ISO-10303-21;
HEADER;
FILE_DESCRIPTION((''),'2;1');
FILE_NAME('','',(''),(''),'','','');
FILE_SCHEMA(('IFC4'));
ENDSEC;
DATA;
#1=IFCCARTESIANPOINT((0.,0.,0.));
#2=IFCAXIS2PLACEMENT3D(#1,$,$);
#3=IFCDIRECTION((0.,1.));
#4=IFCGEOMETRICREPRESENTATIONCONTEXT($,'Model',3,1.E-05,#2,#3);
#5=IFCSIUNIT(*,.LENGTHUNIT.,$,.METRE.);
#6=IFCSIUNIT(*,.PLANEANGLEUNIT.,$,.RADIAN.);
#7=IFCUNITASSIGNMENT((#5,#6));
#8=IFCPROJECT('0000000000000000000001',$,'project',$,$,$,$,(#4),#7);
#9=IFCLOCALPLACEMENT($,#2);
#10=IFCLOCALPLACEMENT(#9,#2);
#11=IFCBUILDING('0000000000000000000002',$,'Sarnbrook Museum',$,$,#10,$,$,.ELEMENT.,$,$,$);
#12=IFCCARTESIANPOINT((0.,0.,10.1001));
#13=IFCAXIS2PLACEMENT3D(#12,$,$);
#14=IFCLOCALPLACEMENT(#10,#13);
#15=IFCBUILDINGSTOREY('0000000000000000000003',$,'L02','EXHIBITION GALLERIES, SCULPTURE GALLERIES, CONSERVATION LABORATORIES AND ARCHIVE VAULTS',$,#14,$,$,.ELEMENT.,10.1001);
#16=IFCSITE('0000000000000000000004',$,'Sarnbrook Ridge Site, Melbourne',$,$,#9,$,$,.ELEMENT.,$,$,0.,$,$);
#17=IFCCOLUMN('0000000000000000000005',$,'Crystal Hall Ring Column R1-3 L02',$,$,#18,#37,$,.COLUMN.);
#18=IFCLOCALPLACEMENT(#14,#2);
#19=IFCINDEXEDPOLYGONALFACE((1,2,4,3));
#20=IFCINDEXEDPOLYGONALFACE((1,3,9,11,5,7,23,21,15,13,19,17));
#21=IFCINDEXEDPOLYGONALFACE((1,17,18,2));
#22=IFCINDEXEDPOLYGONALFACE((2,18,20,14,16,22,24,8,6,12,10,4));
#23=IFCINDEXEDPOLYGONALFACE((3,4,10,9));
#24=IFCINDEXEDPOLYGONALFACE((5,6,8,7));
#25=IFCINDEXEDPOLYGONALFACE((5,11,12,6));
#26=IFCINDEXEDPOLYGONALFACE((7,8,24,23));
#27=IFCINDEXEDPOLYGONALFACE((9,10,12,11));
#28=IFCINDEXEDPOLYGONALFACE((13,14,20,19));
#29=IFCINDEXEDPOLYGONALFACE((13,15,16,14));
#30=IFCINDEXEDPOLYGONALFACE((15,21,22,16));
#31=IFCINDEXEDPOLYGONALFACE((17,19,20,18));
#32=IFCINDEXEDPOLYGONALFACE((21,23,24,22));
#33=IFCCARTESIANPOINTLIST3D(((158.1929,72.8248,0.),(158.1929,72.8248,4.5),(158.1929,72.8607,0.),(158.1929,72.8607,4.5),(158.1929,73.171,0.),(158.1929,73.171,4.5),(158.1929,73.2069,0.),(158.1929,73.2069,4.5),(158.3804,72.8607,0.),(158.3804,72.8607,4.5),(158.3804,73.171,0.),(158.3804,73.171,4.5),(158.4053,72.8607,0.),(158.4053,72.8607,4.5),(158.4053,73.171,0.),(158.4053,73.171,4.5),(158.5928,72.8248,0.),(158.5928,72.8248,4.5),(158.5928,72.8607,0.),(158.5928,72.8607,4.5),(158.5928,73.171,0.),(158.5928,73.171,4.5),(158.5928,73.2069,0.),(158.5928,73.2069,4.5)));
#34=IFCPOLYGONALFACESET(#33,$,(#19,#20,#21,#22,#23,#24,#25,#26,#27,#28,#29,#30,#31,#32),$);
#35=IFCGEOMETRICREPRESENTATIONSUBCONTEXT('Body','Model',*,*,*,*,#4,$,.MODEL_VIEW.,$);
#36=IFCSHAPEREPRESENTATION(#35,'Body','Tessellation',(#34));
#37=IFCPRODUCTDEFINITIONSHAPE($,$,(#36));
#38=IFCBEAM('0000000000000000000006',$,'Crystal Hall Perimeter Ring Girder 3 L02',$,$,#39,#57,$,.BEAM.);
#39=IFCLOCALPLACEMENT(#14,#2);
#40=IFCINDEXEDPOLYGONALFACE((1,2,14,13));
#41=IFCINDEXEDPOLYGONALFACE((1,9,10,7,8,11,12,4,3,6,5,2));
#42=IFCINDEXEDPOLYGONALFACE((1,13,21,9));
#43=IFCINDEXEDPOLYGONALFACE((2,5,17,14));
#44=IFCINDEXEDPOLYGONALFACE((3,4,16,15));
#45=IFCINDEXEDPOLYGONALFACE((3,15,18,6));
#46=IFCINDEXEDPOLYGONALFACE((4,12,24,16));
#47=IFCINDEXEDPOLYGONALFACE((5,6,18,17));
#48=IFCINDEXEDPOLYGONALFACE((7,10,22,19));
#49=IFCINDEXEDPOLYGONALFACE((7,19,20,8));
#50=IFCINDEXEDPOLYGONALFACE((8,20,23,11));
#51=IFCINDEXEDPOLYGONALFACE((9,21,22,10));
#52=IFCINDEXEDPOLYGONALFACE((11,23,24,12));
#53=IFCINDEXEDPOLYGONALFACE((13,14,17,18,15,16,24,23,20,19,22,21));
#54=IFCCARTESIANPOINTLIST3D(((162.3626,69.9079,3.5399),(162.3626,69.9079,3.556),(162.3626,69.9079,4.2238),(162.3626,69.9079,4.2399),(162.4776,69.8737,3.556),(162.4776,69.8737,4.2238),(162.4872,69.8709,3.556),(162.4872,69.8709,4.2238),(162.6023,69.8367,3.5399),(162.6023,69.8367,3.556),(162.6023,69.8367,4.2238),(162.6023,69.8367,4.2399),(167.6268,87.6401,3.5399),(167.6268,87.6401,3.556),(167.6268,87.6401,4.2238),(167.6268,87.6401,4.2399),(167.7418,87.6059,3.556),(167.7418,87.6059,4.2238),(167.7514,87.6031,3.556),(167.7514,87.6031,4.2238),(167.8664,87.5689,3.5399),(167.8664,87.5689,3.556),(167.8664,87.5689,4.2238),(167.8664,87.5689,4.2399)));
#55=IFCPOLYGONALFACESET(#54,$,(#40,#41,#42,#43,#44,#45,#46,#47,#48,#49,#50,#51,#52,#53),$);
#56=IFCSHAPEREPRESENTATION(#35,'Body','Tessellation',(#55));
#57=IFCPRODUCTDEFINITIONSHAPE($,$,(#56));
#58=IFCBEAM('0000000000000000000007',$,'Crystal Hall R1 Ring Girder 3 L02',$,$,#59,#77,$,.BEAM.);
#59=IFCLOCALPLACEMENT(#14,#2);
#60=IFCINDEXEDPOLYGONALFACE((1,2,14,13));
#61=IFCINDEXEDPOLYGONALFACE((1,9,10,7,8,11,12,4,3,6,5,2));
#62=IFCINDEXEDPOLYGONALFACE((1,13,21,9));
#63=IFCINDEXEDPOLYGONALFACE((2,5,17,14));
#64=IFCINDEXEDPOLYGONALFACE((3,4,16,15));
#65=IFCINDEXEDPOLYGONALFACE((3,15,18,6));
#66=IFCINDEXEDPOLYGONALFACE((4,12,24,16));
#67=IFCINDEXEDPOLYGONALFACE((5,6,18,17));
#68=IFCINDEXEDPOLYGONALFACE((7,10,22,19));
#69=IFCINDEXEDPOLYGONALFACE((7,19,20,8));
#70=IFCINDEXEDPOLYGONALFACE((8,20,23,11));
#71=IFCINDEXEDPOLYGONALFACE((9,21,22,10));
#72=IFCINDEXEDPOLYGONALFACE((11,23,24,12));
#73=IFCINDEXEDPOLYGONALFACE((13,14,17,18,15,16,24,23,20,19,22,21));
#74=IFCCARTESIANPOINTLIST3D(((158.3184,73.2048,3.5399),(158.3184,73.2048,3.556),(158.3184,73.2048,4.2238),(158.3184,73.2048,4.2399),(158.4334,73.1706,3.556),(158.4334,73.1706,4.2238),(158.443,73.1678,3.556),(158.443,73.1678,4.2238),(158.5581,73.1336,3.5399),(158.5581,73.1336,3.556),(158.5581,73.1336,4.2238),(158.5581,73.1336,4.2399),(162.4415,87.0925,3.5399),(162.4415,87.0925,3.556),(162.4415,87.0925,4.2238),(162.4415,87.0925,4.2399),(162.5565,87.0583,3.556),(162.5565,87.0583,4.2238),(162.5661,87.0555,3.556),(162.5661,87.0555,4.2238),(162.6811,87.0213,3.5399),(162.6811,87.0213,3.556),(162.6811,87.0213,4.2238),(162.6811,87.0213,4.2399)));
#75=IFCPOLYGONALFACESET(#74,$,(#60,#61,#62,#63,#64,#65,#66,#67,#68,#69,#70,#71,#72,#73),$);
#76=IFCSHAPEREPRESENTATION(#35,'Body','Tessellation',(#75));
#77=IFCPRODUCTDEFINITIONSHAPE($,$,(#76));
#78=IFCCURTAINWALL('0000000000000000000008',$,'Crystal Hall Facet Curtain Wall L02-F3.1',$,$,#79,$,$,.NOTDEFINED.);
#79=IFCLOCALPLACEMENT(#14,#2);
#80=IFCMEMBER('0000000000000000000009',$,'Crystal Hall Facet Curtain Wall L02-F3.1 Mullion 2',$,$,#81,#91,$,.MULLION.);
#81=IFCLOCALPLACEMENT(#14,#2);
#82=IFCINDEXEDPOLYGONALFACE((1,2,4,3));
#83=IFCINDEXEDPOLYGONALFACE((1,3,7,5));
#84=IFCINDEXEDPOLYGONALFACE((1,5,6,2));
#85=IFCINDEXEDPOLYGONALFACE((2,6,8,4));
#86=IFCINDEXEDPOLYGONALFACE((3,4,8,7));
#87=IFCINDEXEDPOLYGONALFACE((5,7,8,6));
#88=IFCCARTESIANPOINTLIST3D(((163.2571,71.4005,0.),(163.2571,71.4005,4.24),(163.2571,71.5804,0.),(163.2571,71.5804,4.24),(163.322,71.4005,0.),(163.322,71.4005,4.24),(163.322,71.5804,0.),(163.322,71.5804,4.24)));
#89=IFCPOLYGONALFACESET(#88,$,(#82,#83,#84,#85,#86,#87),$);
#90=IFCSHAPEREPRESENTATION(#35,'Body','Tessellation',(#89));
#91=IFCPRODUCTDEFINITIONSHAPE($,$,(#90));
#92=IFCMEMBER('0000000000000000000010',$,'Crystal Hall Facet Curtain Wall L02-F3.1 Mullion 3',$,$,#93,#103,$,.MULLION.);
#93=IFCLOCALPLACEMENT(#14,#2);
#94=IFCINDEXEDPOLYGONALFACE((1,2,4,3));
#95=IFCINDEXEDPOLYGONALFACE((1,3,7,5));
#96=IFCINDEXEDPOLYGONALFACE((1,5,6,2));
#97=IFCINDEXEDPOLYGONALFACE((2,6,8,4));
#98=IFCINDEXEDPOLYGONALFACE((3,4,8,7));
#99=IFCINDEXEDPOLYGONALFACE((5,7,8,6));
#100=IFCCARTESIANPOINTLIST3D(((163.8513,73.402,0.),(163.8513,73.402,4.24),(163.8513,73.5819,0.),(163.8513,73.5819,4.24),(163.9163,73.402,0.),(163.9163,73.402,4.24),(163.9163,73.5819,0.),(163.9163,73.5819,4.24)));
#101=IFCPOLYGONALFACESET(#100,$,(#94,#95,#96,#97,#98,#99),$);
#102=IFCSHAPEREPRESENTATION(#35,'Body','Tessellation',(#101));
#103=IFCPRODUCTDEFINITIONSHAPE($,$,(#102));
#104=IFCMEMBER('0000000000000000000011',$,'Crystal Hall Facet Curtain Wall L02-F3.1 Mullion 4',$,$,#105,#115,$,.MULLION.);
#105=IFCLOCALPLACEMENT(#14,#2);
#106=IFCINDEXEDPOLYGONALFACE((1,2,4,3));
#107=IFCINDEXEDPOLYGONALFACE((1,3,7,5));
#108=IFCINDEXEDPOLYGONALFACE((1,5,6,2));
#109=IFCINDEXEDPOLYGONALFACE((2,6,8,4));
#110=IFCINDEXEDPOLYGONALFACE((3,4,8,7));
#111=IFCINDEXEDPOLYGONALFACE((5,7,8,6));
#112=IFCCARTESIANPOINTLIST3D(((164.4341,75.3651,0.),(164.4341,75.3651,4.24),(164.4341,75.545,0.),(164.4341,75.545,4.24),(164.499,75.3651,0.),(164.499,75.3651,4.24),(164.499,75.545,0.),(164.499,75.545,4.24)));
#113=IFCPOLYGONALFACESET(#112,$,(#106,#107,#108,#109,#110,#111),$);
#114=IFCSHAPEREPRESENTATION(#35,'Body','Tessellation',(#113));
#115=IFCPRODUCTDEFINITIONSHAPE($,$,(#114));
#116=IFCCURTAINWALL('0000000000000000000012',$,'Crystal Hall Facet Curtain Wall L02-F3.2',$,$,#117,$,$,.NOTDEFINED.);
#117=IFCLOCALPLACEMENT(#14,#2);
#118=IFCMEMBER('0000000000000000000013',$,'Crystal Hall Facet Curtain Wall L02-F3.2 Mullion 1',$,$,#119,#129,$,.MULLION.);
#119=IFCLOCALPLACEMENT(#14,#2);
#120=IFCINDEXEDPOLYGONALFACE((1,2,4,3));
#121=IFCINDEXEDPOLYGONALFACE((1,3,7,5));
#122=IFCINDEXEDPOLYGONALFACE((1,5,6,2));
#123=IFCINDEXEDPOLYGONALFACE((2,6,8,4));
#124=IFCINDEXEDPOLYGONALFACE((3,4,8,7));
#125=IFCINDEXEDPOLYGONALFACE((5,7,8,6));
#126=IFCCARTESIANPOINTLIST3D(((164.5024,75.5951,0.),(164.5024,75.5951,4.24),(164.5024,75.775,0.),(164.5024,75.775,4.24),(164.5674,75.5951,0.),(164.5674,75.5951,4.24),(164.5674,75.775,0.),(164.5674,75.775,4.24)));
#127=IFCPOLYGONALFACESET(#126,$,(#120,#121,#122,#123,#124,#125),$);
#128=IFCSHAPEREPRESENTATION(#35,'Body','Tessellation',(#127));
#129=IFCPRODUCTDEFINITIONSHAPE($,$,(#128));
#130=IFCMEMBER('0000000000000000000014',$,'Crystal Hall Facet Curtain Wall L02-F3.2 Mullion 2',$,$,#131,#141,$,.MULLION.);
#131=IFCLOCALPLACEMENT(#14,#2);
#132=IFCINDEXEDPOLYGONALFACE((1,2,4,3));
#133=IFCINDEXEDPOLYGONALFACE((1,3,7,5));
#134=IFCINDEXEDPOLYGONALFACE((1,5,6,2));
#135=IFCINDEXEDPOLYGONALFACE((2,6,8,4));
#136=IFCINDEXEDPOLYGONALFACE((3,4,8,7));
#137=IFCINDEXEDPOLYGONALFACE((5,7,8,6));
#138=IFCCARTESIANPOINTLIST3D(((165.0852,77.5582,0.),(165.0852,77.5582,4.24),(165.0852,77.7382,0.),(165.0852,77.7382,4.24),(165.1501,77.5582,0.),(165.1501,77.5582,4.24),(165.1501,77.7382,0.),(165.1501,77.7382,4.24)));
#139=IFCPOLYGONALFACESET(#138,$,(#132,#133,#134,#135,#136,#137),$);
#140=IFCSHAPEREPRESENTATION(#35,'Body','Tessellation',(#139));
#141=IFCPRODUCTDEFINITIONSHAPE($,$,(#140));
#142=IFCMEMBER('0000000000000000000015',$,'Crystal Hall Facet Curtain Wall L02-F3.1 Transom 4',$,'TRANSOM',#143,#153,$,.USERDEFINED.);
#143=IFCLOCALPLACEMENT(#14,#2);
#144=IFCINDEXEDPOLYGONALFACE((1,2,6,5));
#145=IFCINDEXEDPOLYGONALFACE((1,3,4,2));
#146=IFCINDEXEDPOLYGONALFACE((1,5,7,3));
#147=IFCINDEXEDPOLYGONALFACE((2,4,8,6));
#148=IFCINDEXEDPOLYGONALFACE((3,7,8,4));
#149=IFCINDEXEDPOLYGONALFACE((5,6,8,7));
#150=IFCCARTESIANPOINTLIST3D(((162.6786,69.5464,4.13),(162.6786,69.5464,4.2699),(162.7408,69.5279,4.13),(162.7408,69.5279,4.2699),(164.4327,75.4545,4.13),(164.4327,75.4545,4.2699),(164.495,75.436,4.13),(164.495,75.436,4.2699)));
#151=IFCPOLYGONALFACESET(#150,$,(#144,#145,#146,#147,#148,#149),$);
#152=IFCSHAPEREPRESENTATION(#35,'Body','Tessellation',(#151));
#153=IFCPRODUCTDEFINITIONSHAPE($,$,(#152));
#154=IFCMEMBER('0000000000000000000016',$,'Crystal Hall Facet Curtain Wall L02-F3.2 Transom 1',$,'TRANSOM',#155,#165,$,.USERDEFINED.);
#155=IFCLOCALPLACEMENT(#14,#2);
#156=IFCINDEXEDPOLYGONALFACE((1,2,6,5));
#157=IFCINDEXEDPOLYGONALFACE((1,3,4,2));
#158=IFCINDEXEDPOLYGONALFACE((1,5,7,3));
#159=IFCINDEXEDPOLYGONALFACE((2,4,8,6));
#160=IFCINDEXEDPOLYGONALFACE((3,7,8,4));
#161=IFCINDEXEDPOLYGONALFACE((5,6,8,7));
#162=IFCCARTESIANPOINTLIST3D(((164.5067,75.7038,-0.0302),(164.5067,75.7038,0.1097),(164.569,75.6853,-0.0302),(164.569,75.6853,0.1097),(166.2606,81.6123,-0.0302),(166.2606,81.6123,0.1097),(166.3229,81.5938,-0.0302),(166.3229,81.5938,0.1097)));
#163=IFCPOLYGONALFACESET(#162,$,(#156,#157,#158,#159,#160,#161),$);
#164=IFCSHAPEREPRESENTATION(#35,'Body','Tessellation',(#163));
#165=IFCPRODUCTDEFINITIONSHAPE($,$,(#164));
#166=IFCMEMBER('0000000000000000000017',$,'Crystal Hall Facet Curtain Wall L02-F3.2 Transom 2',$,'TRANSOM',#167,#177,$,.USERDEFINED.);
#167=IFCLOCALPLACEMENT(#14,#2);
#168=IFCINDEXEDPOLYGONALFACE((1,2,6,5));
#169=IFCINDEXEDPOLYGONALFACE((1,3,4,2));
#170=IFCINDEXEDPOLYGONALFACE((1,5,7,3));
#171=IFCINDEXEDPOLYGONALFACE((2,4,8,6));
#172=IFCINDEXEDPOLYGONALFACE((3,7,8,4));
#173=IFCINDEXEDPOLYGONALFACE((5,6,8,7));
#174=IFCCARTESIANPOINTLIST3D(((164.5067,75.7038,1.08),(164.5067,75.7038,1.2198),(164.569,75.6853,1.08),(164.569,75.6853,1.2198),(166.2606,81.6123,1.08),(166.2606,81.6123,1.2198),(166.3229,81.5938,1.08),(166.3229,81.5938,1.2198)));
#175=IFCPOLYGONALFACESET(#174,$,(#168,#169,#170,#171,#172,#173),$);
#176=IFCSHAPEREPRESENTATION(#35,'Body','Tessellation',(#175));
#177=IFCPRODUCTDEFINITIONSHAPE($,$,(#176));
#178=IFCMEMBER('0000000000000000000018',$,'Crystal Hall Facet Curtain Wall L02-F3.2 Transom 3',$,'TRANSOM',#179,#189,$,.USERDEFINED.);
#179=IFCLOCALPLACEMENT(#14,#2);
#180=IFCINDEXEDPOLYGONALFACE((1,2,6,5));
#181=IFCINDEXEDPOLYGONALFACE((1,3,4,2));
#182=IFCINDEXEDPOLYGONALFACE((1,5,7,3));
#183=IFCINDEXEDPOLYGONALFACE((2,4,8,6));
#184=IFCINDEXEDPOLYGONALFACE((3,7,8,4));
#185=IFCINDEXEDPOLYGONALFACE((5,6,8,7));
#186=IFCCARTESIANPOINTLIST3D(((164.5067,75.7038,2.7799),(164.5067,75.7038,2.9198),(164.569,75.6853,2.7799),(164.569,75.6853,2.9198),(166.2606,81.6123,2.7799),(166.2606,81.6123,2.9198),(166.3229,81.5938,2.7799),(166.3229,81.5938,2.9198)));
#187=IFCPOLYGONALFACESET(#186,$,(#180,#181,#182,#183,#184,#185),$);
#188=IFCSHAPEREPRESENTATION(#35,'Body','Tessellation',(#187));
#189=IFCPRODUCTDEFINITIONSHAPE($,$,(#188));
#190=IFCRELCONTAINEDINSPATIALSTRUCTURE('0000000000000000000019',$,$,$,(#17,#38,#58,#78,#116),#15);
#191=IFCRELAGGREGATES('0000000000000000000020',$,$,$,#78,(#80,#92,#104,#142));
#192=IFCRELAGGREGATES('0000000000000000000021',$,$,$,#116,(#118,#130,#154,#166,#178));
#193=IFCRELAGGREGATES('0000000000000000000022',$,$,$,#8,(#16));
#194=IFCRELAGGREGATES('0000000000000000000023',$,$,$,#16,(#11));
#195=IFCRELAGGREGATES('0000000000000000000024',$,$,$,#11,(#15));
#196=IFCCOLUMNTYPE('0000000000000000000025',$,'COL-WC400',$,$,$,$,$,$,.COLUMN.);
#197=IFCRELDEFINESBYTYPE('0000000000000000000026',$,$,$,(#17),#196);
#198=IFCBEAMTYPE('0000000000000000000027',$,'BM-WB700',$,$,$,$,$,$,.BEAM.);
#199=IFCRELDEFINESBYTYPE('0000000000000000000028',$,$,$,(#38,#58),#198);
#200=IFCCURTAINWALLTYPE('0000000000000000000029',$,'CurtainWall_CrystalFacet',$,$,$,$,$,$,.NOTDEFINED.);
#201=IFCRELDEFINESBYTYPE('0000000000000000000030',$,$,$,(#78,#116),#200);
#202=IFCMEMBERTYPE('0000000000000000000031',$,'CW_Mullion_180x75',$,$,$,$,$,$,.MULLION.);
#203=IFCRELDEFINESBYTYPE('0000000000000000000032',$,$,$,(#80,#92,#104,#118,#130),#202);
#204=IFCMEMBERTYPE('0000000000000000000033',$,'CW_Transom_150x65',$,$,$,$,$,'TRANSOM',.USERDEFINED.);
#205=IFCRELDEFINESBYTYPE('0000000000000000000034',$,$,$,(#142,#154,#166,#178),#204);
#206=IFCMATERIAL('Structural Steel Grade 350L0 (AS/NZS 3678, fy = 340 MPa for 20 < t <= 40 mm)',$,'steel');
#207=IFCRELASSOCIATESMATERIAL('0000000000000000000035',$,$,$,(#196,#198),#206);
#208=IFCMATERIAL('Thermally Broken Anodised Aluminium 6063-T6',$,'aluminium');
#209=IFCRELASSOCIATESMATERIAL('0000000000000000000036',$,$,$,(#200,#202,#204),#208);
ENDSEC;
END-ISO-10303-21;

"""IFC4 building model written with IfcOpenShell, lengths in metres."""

from ifc_helpers import new_model, si_unit, direction, frame, origin, origin_2d, place, context, subcontext, project, spatial, rectangle, i_section, extrude, material, material_profile, profile_set, type_object, element, aggregate, save


model = new_model("IFC4")

# Units and contexts
model_context = context("Model", 3, precision=1e-05, world=origin(), true_north=direction((0.0, 1.0)))
body_context = subcontext(model_context, "Body", "Model", "MODEL_VIEW")
ifc_project = project(units=[si_unit("LENGTHUNIT", "METRE"), si_unit("PLANEANGLEUNIT", "RADIAN")], contexts=[model_context])

# Site, building, storey
site_placement = place(None, origin())
site = spatial("IfcSite", under=ifc_project, at=site_placement, Name="Sarnbrook Ridge Site, Melbourne", CompositionType="ELEMENT", RefElevation=0.0)
building_placement = place(site_placement, origin())
building = spatial("IfcBuilding", under=site, at=building_placement, Name="Sarnbrook Museum", CompositionType="ELEMENT")
storey_placement = place(building_placement, frame((0.0, 0.0, 10.1001)))
storey = spatial("IfcBuildingStorey", under=building, at=storey_placement, Name="L02", Description="EXHIBITION GALLERIES, SCULPTURE GALLERIES, CONSERVATION LABORATORIES AND ARCHIVE VAULTS", CompositionType="ELEMENT", Elevation=10.1001)

# Column
ifc_material_1 = material(Name="Structural Steel Grade 350L0 (AS/NZS 3678, fy = 340 MPa for 20 < t <= 40 mm)", Category="steel")
ifc_material_profile_1 = material_profile(ifc_material_1, i_section(OverallWidth=0.3999, OverallDepth=0.3821, WebThickness=0.0249, FlangeThickness=0.0359, at=origin_2d()), Name="400WC270")
ifc_profile_set_1 = profile_set([ifc_material_profile_1], Name="Structural Steel Grade 350L0 (AS/NZS 3678, fy = 340 MPa for 20 < t <= 40 mm)")
column_type = type_object("IfcColumnType", Name="COL-WC400", PredefinedType="COLUMN", material=ifc_profile_set_1)
column_placement = place(storey_placement, frame((158.3928, 73.0159, 0.0), z_axis=(0.0, 0.0, 1.0), x_axis=(1.0, 0.0, 0.0)))
element("IfcColumn", 1, at=column_placement, inside=storey, type_object=column_type, Name="Crystal Hall Ring Column R1-3 L02", PredefinedType="COLUMN", context=body_context, shape_type="SweptSolid", body=[
    extrude(i_section(OverallWidth=0.3999, OverallDepth=0.3821, WebThickness=0.0249, FlangeThickness=0.0359, at=origin_2d()), origin(), (0.0, 0.0, 1.0), 4.5),
])

# Beams
ifc_material_profile_2 = material_profile(ifc_material_1, i_section(OverallWidth=0.25, OverallDepth=0.7, WebThickness=0.01, FlangeThickness=0.0161, at=origin_2d()), Name="700WB130")
ifc_profile_set_2 = profile_set([ifc_material_profile_2], Name="Structural Steel Grade 350L0 (AS/NZS 3678, fy = 340 MPa for 20 < t <= 40 mm)")
beam_type_1 = type_object("IfcBeamType", Name="BM-WB700", PredefinedType="BEAM", material=ifc_profile_set_2)
beam_1_placement = place(storey_placement, frame((162.4824, 69.8723, 3.8899), z_axis=(0.284594, 0.958648, 0.0), x_axis=(-0.958648, 0.284594, 0.0)))
element("IfcBeam", 2, at=beam_1_placement, inside=storey, type_object=beam_type_1, Name="Crystal Hall Perimeter Ring Girder 3 L02", PredefinedType="BEAM", context=body_context, shape_type="SweptSolid", body=[
    extrude(i_section(OverallWidth=0.25, OverallDepth=0.7, WebThickness=0.01, FlangeThickness=0.0161, at=origin_2d()), origin(), (0.0, 0.0, 1.0), 18.4971),
])
beam_2_placement = place(storey_placement, frame((158.4382, 73.1692, 3.8899), z_axis=(0.284607, 0.958644, 0.0), x_axis=(-0.958644, 0.284607, 0.0)))
element("IfcBeam", 3, at=beam_2_placement, inside=storey, type_object=beam_type_1, Name="Crystal Hall R1 Ring Girder 3 L02", PredefinedType="BEAM", context=body_context, shape_type="SweptSolid", body=[
    extrude(i_section(OverallWidth=0.25, OverallDepth=0.7, WebThickness=0.01, FlangeThickness=0.0161, at=origin_2d()), origin(), (0.0, 0.0, 1.0), 14.4868),
])

# Curtain walls, members
ifc_material_2 = material(Name="Thermally Broken Anodised Aluminium 6063-T6", Category="aluminium")
curtain_wall_type = type_object("IfcCurtainWallType", Name="CurtainWall_CrystalFacet", PredefinedType="NOTDEFINED", material=ifc_material_2)
curtain_wall_1_placement = place(storey_placement, origin())
curtain_wall_1 = element("IfcCurtainWall", 4, at=curtain_wall_1_placement, inside=storey, type_object=curtain_wall_type, Name="Crystal Hall Facet Curtain Wall L02-F3.1", PredefinedType="NOTDEFINED")
ifc_material_profile_3 = material_profile(ifc_material_2, rectangle(XDim=0.0649, YDim=0.1799, at=origin_2d()), Name="ALU MULLION 65x180")
ifc_profile_set_3 = profile_set([ifc_material_profile_3], Name="Thermally Broken Anodised Aluminium 6063-T6")
member_type_1 = type_object("IfcMemberType", Name="CW_Mullion_180x75", PredefinedType="MULLION", material=ifc_profile_set_3)
member_1_placement = place(storey_placement, frame((163.2896, 71.4905, 0.0), z_axis=(0.0, 0.0, 1.0), x_axis=(1.0, 0.0, 0.0)))
member_1 = element("IfcMember", 5, at=member_1_placement, type_object=member_type_1, Name="Crystal Hall Facet Curtain Wall L02-F3.1 Mullion 2", PredefinedType="MULLION", context=body_context, shape_type="SweptSolid", body=[
    extrude(rectangle(XDim=0.0649, YDim=0.1799, at=origin_2d()), origin(), (0.0, 0.0, 1.0), 4.24),
])
member_2_placement = place(storey_placement, frame((163.8838, 73.4919, 0.0), z_axis=(0.0, 0.0, 1.0), x_axis=(1.0, 0.0, 0.0)))
member_2 = element("IfcMember", 6, at=member_2_placement, type_object=member_type_1, Name="Crystal Hall Facet Curtain Wall L02-F3.1 Mullion 3", PredefinedType="MULLION", context=body_context, shape_type="SweptSolid", body=[
    extrude(rectangle(XDim=0.0649, YDim=0.1799, at=origin_2d()), origin(), (0.0, 0.0, 1.0), 4.24),
])
member_3_placement = place(storey_placement, frame((164.4666, 75.4551, 0.0), z_axis=(0.0, 0.0, 1.0), x_axis=(1.0, 0.0, 0.0)))
member_3 = element("IfcMember", 7, at=member_3_placement, type_object=member_type_1, Name="Crystal Hall Facet Curtain Wall L02-F3.1 Mullion 4", PredefinedType="MULLION", context=body_context, shape_type="SweptSolid", body=[
    extrude(rectangle(XDim=0.0649, YDim=0.1799, at=origin_2d()), origin(), (0.0, 0.0, 1.0), 4.24),
])
curtain_wall_2_placement = place(storey_placement, origin())
curtain_wall_2 = element("IfcCurtainWall", 8, at=curtain_wall_2_placement, inside=storey, type_object=curtain_wall_type, Name="Crystal Hall Facet Curtain Wall L02-F3.2", PredefinedType="NOTDEFINED")
member_4_placement = place(storey_placement, frame((164.5349, 75.6851, 0.0), z_axis=(0.0, 0.0, 1.0), x_axis=(1.0, 0.0, 0.0)))
member_4 = element("IfcMember", 9, at=member_4_placement, type_object=member_type_1, Name="Crystal Hall Facet Curtain Wall L02-F3.2 Mullion 1", PredefinedType="MULLION", context=body_context, shape_type="SweptSolid", body=[
    extrude(rectangle(XDim=0.0649, YDim=0.1799, at=origin_2d()), origin(), (0.0, 0.0, 1.0), 4.24),
])
member_5_placement = place(storey_placement, frame((165.1177, 77.6482, 0.0), z_axis=(0.0, 0.0, 1.0), x_axis=(1.0, 0.0, 0.0)))
member_5 = element("IfcMember", 10, at=member_5_placement, type_object=member_type_1, Name="Crystal Hall Facet Curtain Wall L02-F3.2 Mullion 2", PredefinedType="MULLION", context=body_context, shape_type="SweptSolid", body=[
    extrude(rectangle(XDim=0.0649, YDim=0.1799, at=origin_2d()), origin(), (0.0, 0.0, 1.0), 4.24),
])

# Members
ifc_material_profile_4 = material_profile(ifc_material_2, rectangle(XDim=0.0649, YDim=0.1399, at=origin_2d()), Name="ALU TRANSOM 65x140")
ifc_profile_set_4 = profile_set([ifc_material_profile_4], Name="Thermally Broken Anodised Aluminium 6063-T6")
member_type_2 = type_object("IfcMemberType", Name="CW_Transom_150x65", ElementType="TRANSOM", PredefinedType="USERDEFINED", material=ifc_profile_set_4)
member_6_placement = place(storey_placement, frame((162.7097, 69.5371, 4.2), z_axis=(0.284621, 0.95864, 0.0), x_axis=(-0.95864, 0.284621, 0.0)))
member_6 = element("IfcMember", 11, at=member_6_placement, type_object=member_type_2, Name="Crystal Hall Facet Curtain Wall L02-F3.1 Transom 4", ObjectType="TRANSOM", PredefinedType="USERDEFINED", context=body_context, shape_type="SweptSolid", body=[
    extrude(rectangle(XDim=0.0649, YDim=0.1399, at=origin_2d()), origin(), (0.0, 0.0, 1.0), 6.1631),
])
member_7_placement = place(storey_placement, frame((164.5378, 75.6946, 0.0398), z_axis=(0.284574, 0.958654, 0.0), x_axis=(-0.958654, 0.284574, 0.0)))
member_7 = element("IfcMember", 12, at=member_7_placement, type_object=member_type_2, Name="Crystal Hall Facet Curtain Wall L02-F3.2 Transom 1", ObjectType="TRANSOM", PredefinedType="USERDEFINED", context=body_context, shape_type="SweptSolid", body=[
    extrude(rectangle(XDim=0.0649, YDim=0.1399, at=origin_2d()), origin(), (0.0, 0.0, 1.0), 6.1633),
])
member_8_placement = place(storey_placement, frame((164.5378, 75.6946, 1.1499), z_axis=(0.284574, 0.958654, 0.0), x_axis=(-0.958654, 0.284574, 0.0)))
member_8 = element("IfcMember", 13, at=member_8_placement, type_object=member_type_2, Name="Crystal Hall Facet Curtain Wall L02-F3.2 Transom 2", ObjectType="TRANSOM", PredefinedType="USERDEFINED", context=body_context, shape_type="SweptSolid", body=[
    extrude(rectangle(XDim=0.0649, YDim=0.1399, at=origin_2d()), origin(), (0.0, 0.0, 1.0), 6.1633),
])
member_9_placement = place(storey_placement, frame((164.5378, 75.6946, 2.8499), z_axis=(0.284574, 0.958654, 0.0), x_axis=(-0.958654, 0.284574, 0.0)))
member_9 = element("IfcMember", 14, at=member_9_placement, type_object=member_type_2, Name="Crystal Hall Facet Curtain Wall L02-F3.2 Transom 3", ObjectType="TRANSOM", PredefinedType="USERDEFINED", context=body_context, shape_type="SweptSolid", body=[
    extrude(rectangle(XDim=0.0649, YDim=0.1399, at=origin_2d()), origin(), (0.0, 0.0, 1.0), 6.1633),
])

aggregate(curtain_wall_1, [member_1, member_2, member_3, member_6])
aggregate(curtain_wall_2, [member_4, member_5, member_7, member_8, member_9])

save(model, "model.ifc")
